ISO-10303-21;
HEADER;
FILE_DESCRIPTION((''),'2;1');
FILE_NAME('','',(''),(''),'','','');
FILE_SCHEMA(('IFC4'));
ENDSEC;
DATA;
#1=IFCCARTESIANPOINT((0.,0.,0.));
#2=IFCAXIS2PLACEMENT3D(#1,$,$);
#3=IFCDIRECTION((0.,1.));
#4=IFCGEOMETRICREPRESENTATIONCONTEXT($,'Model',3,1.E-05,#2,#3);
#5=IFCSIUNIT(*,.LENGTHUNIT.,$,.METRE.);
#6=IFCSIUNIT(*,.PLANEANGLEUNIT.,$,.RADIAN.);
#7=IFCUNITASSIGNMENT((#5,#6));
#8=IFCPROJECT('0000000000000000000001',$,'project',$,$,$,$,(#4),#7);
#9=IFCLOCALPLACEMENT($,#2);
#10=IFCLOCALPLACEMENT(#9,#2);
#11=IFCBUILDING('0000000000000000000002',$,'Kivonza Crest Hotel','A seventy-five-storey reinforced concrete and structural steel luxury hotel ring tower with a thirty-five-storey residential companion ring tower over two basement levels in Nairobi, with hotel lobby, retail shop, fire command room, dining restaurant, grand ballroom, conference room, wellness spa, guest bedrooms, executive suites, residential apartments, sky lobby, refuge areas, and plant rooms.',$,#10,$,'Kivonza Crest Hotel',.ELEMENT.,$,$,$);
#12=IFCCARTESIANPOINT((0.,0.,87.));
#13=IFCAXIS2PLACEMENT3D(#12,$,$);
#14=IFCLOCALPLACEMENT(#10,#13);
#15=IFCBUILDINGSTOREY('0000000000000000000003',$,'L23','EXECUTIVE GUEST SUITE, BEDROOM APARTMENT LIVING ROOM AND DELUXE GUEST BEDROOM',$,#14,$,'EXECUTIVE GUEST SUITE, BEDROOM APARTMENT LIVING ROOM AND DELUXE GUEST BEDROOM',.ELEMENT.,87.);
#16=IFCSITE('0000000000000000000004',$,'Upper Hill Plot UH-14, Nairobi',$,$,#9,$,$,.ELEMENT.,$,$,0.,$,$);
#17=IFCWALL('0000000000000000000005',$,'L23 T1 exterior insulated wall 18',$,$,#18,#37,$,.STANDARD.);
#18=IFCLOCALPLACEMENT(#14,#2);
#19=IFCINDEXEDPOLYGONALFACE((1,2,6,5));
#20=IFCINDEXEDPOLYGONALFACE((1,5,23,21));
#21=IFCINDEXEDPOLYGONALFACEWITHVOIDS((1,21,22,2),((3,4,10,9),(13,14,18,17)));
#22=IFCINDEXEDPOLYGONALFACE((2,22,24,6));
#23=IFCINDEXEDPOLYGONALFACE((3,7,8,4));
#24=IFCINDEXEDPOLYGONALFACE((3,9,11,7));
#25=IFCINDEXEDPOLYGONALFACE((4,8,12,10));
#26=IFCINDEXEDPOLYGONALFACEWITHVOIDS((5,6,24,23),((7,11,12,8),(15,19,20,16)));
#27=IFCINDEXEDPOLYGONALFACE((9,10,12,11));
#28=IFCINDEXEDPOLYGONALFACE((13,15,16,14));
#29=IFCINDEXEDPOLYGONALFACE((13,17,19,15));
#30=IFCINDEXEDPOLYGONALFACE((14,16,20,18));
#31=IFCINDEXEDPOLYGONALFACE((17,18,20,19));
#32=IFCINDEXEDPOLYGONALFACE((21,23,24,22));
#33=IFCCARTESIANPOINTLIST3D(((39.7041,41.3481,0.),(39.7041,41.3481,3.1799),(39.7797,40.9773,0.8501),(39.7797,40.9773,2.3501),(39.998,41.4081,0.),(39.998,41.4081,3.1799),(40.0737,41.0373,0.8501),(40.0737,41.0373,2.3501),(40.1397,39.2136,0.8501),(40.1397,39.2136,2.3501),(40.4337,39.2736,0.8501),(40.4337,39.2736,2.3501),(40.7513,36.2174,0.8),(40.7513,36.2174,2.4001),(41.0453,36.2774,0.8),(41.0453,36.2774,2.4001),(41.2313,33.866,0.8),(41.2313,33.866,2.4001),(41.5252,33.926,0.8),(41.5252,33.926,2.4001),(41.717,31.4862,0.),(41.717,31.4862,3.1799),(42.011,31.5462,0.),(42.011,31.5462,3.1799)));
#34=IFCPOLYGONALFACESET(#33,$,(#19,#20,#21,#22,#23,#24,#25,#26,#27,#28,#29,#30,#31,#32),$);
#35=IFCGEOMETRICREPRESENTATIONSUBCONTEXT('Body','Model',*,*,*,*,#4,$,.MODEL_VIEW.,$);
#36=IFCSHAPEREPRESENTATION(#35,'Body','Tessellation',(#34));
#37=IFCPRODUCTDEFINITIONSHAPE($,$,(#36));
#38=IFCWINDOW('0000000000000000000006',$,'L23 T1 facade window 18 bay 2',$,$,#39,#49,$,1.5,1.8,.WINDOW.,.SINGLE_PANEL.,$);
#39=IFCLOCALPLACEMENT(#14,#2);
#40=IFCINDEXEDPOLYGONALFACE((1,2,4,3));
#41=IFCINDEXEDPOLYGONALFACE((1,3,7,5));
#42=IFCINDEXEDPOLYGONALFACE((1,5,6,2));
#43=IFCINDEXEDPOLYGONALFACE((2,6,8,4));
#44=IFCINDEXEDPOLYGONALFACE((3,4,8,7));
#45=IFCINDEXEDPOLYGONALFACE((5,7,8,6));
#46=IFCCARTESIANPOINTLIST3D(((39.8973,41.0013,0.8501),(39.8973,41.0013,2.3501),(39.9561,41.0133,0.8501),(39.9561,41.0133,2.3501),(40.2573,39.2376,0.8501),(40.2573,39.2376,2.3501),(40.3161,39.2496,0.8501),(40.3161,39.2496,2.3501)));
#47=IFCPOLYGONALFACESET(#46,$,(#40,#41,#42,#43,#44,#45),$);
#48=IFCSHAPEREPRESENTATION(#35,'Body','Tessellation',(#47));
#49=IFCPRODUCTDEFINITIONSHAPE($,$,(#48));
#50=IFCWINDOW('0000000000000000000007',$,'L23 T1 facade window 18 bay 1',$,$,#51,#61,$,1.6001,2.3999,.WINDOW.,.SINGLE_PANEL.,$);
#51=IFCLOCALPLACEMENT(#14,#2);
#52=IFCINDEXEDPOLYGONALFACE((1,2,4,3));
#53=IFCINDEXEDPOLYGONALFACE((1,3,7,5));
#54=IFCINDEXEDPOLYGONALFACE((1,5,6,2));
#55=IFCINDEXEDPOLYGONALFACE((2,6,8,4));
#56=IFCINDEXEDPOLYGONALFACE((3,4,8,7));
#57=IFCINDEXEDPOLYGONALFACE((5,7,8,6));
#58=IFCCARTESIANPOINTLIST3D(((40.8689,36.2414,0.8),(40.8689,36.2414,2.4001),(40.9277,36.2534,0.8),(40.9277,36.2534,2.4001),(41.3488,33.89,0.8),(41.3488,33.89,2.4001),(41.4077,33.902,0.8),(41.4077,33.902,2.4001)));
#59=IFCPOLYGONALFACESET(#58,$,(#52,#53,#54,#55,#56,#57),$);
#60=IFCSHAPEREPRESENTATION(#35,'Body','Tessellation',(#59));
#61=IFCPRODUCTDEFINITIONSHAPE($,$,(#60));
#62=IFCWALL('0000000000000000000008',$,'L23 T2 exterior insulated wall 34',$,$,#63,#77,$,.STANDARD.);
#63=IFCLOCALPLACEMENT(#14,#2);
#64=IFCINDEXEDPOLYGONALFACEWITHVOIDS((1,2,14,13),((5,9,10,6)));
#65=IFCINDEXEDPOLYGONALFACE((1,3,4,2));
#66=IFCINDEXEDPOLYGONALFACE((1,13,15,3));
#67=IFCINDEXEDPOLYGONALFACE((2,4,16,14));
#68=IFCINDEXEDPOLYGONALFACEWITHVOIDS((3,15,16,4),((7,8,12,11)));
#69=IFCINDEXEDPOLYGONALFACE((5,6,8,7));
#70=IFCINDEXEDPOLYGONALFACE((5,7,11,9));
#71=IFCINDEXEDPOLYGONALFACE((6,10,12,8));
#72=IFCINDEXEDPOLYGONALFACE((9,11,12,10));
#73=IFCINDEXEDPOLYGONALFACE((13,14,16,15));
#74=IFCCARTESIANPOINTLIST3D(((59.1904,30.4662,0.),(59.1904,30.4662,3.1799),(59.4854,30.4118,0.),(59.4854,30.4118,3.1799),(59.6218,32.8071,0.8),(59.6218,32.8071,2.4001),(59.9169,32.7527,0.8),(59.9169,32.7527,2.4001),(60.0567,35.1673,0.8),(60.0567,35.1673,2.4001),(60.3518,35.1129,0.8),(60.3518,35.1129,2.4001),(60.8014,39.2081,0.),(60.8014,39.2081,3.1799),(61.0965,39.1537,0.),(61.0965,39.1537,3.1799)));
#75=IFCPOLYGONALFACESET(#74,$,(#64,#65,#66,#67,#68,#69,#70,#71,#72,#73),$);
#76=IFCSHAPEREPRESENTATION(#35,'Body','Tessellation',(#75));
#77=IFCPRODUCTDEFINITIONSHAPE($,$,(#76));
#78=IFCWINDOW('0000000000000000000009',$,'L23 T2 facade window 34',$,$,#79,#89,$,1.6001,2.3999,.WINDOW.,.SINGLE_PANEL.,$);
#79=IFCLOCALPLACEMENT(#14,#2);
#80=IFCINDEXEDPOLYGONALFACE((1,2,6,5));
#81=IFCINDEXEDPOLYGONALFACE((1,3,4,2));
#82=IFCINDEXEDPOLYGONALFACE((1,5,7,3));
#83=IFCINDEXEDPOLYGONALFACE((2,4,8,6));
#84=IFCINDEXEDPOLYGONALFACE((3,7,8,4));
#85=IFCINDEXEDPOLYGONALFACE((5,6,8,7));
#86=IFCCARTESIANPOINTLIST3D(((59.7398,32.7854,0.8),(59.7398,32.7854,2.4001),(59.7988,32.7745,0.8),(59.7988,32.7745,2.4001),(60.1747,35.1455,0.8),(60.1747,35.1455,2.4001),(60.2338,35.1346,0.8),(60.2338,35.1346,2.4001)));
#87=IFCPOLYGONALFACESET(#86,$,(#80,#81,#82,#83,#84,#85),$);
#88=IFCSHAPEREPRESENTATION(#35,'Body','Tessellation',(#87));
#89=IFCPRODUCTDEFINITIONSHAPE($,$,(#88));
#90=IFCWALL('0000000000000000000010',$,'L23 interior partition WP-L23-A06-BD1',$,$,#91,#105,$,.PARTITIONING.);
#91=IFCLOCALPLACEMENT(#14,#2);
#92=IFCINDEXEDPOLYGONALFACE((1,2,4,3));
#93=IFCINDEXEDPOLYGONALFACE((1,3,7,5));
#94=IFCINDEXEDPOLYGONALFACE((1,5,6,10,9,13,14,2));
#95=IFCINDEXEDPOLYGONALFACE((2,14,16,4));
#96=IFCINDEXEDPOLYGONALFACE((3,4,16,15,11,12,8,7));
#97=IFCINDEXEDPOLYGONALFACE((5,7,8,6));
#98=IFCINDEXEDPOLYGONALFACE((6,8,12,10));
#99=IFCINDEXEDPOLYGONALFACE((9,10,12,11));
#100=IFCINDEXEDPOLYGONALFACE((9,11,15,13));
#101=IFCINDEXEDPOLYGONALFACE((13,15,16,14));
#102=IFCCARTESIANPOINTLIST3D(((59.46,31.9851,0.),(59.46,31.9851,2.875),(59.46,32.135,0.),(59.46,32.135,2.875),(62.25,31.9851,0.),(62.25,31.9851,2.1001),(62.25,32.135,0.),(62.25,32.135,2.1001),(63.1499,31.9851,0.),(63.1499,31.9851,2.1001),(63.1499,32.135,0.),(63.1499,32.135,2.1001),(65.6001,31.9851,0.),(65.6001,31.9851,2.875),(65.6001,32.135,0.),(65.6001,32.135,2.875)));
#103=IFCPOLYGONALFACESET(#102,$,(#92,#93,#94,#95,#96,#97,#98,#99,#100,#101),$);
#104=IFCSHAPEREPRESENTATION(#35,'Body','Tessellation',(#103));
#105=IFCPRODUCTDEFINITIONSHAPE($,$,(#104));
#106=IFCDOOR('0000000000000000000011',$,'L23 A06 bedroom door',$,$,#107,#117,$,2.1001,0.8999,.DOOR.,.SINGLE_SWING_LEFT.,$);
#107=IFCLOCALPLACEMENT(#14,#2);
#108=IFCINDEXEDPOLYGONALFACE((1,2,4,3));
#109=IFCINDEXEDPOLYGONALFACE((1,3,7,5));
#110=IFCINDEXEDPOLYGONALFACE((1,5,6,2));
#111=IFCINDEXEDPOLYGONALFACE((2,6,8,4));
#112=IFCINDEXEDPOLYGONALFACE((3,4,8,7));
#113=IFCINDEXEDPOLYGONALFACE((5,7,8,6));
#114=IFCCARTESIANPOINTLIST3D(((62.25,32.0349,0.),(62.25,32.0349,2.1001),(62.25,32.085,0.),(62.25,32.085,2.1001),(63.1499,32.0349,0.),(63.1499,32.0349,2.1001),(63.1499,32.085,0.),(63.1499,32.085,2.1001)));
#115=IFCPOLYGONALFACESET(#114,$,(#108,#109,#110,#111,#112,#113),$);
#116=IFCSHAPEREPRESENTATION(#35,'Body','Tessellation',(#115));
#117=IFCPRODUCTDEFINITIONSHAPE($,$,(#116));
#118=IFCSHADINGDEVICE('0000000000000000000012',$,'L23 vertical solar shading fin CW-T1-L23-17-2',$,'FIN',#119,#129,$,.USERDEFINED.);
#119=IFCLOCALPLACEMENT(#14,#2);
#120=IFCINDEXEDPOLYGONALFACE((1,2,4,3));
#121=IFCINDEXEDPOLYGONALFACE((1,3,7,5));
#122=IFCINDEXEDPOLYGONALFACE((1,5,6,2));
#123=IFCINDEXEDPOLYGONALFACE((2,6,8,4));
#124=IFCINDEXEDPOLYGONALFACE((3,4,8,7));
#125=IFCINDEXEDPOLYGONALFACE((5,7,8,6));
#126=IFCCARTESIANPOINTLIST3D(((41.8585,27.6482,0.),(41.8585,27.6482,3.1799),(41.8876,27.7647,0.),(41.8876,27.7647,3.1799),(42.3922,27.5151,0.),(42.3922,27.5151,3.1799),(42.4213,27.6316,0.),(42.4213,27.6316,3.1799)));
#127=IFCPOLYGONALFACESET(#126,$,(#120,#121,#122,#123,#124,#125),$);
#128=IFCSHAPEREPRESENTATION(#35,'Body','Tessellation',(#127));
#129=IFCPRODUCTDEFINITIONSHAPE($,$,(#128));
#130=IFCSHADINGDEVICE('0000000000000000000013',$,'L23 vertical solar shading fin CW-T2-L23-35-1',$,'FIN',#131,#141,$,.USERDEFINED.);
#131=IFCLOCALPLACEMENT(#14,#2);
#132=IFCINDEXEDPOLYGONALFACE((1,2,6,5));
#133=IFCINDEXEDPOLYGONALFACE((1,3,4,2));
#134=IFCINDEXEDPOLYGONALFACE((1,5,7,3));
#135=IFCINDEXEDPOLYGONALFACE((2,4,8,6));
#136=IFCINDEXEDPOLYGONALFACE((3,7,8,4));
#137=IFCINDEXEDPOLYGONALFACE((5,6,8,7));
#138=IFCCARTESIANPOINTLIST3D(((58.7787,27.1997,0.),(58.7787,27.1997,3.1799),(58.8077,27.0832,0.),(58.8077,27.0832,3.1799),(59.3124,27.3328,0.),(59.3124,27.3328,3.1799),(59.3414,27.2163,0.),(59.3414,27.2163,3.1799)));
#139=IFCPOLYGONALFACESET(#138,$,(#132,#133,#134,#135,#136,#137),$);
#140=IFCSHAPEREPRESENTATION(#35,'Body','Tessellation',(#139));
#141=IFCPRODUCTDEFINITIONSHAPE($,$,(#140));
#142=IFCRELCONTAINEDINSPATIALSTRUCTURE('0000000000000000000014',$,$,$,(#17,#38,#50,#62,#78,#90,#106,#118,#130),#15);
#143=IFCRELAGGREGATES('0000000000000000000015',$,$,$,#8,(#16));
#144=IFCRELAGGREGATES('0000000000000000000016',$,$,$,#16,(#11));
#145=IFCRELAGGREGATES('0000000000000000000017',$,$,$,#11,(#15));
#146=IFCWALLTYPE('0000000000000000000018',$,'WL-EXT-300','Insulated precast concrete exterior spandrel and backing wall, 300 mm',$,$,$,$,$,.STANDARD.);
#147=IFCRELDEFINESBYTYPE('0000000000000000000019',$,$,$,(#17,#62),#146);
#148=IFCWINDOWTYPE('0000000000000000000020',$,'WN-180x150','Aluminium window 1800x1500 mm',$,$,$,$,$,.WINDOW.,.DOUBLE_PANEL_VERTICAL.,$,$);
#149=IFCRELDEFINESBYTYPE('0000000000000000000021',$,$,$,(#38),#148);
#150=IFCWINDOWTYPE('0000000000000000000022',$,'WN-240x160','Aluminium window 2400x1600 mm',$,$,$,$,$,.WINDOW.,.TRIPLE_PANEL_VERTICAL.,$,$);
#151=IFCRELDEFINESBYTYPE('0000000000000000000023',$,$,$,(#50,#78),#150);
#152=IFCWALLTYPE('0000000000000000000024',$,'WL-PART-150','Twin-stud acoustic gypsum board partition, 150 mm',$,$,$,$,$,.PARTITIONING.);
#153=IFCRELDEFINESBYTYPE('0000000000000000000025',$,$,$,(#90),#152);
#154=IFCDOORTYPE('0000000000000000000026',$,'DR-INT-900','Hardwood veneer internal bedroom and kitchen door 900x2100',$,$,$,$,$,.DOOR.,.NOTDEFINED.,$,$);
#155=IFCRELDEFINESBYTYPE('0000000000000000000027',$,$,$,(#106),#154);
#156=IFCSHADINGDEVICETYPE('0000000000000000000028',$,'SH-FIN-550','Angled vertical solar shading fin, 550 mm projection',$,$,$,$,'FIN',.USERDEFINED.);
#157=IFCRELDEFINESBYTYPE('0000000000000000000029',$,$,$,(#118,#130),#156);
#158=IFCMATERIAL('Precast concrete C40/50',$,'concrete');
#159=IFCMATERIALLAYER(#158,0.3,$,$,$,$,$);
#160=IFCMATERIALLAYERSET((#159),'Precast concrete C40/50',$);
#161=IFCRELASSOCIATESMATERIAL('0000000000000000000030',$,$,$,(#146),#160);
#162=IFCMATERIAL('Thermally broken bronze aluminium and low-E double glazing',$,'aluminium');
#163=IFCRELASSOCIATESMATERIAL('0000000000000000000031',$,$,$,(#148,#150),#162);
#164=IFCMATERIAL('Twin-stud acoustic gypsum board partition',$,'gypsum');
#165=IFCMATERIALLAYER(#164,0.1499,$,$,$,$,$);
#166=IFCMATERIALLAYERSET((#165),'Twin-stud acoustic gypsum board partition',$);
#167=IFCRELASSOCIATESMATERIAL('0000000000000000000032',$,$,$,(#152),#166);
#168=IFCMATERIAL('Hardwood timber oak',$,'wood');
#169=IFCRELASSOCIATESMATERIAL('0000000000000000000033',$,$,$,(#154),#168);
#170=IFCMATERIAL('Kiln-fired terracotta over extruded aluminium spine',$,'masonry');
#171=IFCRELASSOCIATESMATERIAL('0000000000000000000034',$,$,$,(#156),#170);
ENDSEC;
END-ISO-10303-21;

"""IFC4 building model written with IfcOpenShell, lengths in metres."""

from ifc_helpers import new_model, si_unit, direction, frame, frame_2d, origin, origin_2d, place, context, subcontext, project, spatial, rectangle, extrude, material, layer, layer_set, type_object, element, fill, save


model = new_model("IFC4")

# Units and contexts
model_context = context("Model", 3, precision=1e-05, world=origin(), true_north=direction((0.0, 1.0)))
body_context = subcontext(model_context, "Body", "Model", "MODEL_VIEW")
ifc_project = project(units=[si_unit("LENGTHUNIT", "METRE"), si_unit("PLANEANGLEUNIT", "RADIAN")], contexts=[model_context])

# Site, building, storey
site_placement = place(None, origin())
site = spatial("IfcSite", under=ifc_project, at=site_placement, Name="Upper Hill Plot UH-14, Nairobi", CompositionType="ELEMENT", RefElevation=0.0)
building_placement = place(site_placement, origin())
building = spatial("IfcBuilding", under=site, at=building_placement, Name="Kivonza Crest Hotel", Description="A seventy-five-storey reinforced concrete and structural steel luxury hotel ring tower with a thirty-five-storey residential companion ring tower over two basement levels in Nairobi, with hotel lobby, retail shop, fire command room, dining restaurant, grand ballroom, conference room, wellness spa, guest bedrooms, executive suites, residential apartments, sky lobby, refuge areas, and plant rooms.", LongName="Kivonza Crest Hotel", CompositionType="ELEMENT")
storey_placement = place(building_placement, frame((0.0, 0.0, 87.0)))
storey = spatial("IfcBuildingStorey", under=building, at=storey_placement, Name="L23", Description="EXECUTIVE GUEST SUITE, BEDROOM APARTMENT LIVING ROOM AND DELUXE GUEST BEDROOM", LongName="EXECUTIVE GUEST SUITE, BEDROOM APARTMENT LIVING ROOM AND DELUXE GUEST BEDROOM", CompositionType="ELEMENT", Elevation=87.0)

# Wall, openings, windows
ifc_material_1 = material(Name="Precast concrete C40/50", Category="concrete")
ifc_layer_1 = layer(ifc_material_1, 0.3)
ifc_layer_set_1 = layer_set([ifc_layer_1], Name="Precast concrete C40/50")
wall_type_1 = type_object("IfcWallType", Name="WL-EXT-300", Description="Insulated precast concrete exterior spandrel and backing wall, 300 mm", PredefinedType="STANDARD", material=ifc_layer_set_1)
wall_1_placement = place(storey_placement, frame((41.864, 31.5161, 0.0), z_axis=(0.0, 0.0, 1.0), x_axis=(-0.199991, 0.979798, 0.0)))
wall_1 = element("IfcWall", 1, at=wall_1_placement, inside=storey, type_object=wall_type_1, Name="L23 T1 exterior insulated wall 18", PredefinedType="STANDARD", context=body_context, shape_type="SweptSolid", body=[
    extrude(rectangle(XDim=10.0652, YDim=0.3, at=frame_2d((5.0327, 0.0))), origin(), (0.0, 0.0, 1.0), 3.1799),
])
opening_1_placement = place(wall_1_placement, frame((2.429, 0.0, 0.8)))
opening_1 = element("IfcOpeningElement", 2, at=opening_1_placement, cuts=wall_1, PredefinedType="OPENING", context=body_context, shape_type="SweptSolid", body=[
    extrude(rectangle(XDim=2.3999, YDim=1.6001, at=frame_2d((1.2, 0.8))), frame((0.0, 0.1602, 0.0), z_axis=(0.0, -1.0, 0.0), x_axis=(1.0, 0.0, 0.0)), (0.0, 0.0, 1.0), 0.3201),
])
opening_2_placement = place(wall_1_placement, frame((7.887, 0.0, 0.8501)))
opening_2 = element("IfcOpeningElement", 3, at=opening_2_placement, cuts=wall_1, PredefinedType="OPENING", context=body_context, shape_type="SweptSolid", body=[
    extrude(rectangle(XDim=1.8, YDim=1.5, at=frame_2d((0.8999, 0.75))), frame((0.0, 0.1602, 0.0), z_axis=(0.0, -1.0, 0.0), x_axis=(1.0, 0.0, 0.0)), (0.0, 0.0, 1.0), 0.3201),
])
ifc_material_2 = material(Name="Thermally broken bronze aluminium and low-E double glazing", Category="aluminium")
window_type_1 = type_object("IfcWindowType", Name="WN-180x150", Description="Aluminium window 1800x1500 mm", PartitioningType="DOUBLE_PANEL_VERTICAL", PredefinedType="WINDOW", material=ifc_material_2)
window_1_placement = place(opening_2_placement, origin())
window_1 = element("IfcWindow", 4, at=window_1_placement, inside=storey, type_object=window_type_1, Name="L23 T1 facade window 18 bay 2", OverallHeight=1.5, OverallWidth=1.8, PartitioningType="SINGLE_PANEL", PredefinedType="WINDOW", context=body_context, shape_type="SweptSolid", body=[
    extrude(rectangle(XDim=1.8, YDim=1.5, at=frame_2d((0.8999, 0.75))), frame((0.0, 0.03, 0.0), z_axis=(0.0, -1.0, 0.0), x_axis=(1.0, 0.0, 0.0)), (0.0, 0.0, 1.0), 0.0601),
])
fill(opening_2, window_1)
window_type_2 = type_object("IfcWindowType", Name="WN-240x160", Description="Aluminium window 2400x1600 mm", PartitioningType="TRIPLE_PANEL_VERTICAL", PredefinedType="WINDOW", material=ifc_material_2)
window_2_placement = place(opening_1_placement, origin())
window_2 = element("IfcWindow", 5, at=window_2_placement, inside=storey, type_object=window_type_2, Name="L23 T1 facade window 18 bay 1", OverallHeight=1.6001, OverallWidth=2.3999, PartitioningType="SINGLE_PANEL", PredefinedType="WINDOW", context=body_context, shape_type="SweptSolid", body=[
    extrude(rectangle(XDim=2.3999, YDim=1.6001, at=frame_2d((1.2, 0.8))), frame((0.0, 0.03, 0.0), z_axis=(0.0, -1.0, 0.0), x_axis=(1.0, 0.0, 0.0)), (0.0, 0.0, 1.0), 0.0601),
])
fill(opening_1, window_2)

# Wall, opening, window
wall_2_placement = place(storey_placement, frame((60.949, 39.1809, 0.0), z_axis=(0.0, 0.0, 1.0), x_axis=(-0.181241, -0.983439, 0.0)))
wall_2 = element("IfcWall", 6, at=wall_2_placement, inside=storey, type_object=wall_type_1, Name="L23 T2 exterior insulated wall 34", PredefinedType="STANDARD", context=body_context, shape_type="SweptSolid", body=[
    extrude(rectangle(XDim=8.8892, YDim=0.3, at=frame_2d((4.4446, 0.0))), origin(), (0.0, 0.0, 1.0), 3.1799),
])
opening_3_placement = place(wall_2_placement, frame((4.1089, 0.0, 0.8)))
opening_3 = element("IfcOpeningElement", 7, at=opening_3_placement, cuts=wall_2, PredefinedType="OPENING", context=body_context, shape_type="SweptSolid", body=[
    extrude(rectangle(XDim=2.3999, YDim=1.6001, at=frame_2d((1.2, 0.8))), frame((0.0, 0.1602, 0.0), z_axis=(0.0, -1.0, 0.0), x_axis=(1.0, 0.0, 0.0)), (0.0, 0.0, 1.0), 0.3201),
])
window_3_placement = place(opening_3_placement, origin())
window_3 = element("IfcWindow", 8, at=window_3_placement, inside=storey, type_object=window_type_2, Name="L23 T2 facade window 34", OverallHeight=1.6001, OverallWidth=2.3999, PartitioningType="SINGLE_PANEL", PredefinedType="WINDOW", context=body_context, shape_type="SweptSolid", body=[
    extrude(rectangle(XDim=2.3999, YDim=1.6001, at=frame_2d((1.2, 0.8))), frame((0.0, 0.03, 0.0), z_axis=(0.0, -1.0, 0.0), x_axis=(1.0, 0.0, 0.0)), (0.0, 0.0, 1.0), 0.0601),
])
fill(opening_3, window_3)

# Wall, opening, door
ifc_material_3 = material(Name="Twin-stud acoustic gypsum board partition", Category="gypsum")
ifc_layer_2 = layer(ifc_material_3, 0.1499)
ifc_layer_set_2 = layer_set([ifc_layer_2], Name="Twin-stud acoustic gypsum board partition")
wall_type_2 = type_object("IfcWallType", Name="WL-PART-150", Description="Twin-stud acoustic gypsum board partition, 150 mm", PredefinedType="PARTITIONING", material=ifc_layer_set_2)
wall_3_placement = place(storey_placement, frame((59.46, 32.0601, 0.0), z_axis=(0.0, 0.0, 1.0), x_axis=(1.0, 0.0, 0.0)))
wall_3 = element("IfcWall", 9, at=wall_3_placement, inside=storey, type_object=wall_type_2, Name="L23 interior partition WP-L23-A06-BD1", PredefinedType="PARTITIONING", context=body_context, shape_type="SweptSolid", body=[
    extrude(rectangle(XDim=6.1401, YDim=0.1499, at=frame_2d((3.0701, 0.0))), origin(), (0.0, 0.0, 1.0), 2.875),
])
opening_4_placement = place(wall_3_placement, frame((2.79, 0.0, 0.0)))
opening_4 = element("IfcOpeningElement", 10, at=opening_4_placement, cuts=wall_3, PredefinedType="OPENING", context=body_context, shape_type="SweptSolid", body=[
    extrude(rectangle(XDim=0.8999, YDim=2.1001, at=frame_2d((0.45, 1.05))), frame((0.0, 0.085, 0.0), z_axis=(0.0, -1.0, 0.0), x_axis=(1.0, 0.0, 0.0)), (0.0, 0.0, 1.0), 0.1699),
])
ifc_material_4 = material(Name="Hardwood timber oak", Category="wood")
door_type = type_object("IfcDoorType", Name="DR-INT-900", Description="Hardwood veneer internal bedroom and kitchen door 900x2100", OperationType="NOTDEFINED", PredefinedType="DOOR", material=ifc_material_4)
door_placement = place(opening_4_placement, origin())
door = element("IfcDoor", 11, at=door_placement, inside=storey, type_object=door_type, Name="L23 A06 bedroom door", OperationType="SINGLE_SWING_LEFT", OverallHeight=2.1001, OverallWidth=0.8999, PredefinedType="DOOR", context=body_context, shape_type="SweptSolid", body=[
    extrude(rectangle(XDim=0.8999, YDim=2.1001, at=frame_2d((0.45, 1.05))), frame((0.0, 0.0249, 0.0), z_axis=(0.0, -1.0, 0.0), x_axis=(1.0, 0.0, 0.0)), (0.0, 0.0, 1.0), 0.05),
])
fill(opening_4, door)

# Shading devices
ifc_material_5 = material(Name="Kiln-fired terracotta over extruded aluminium spine", Category="masonry")
shading_device_type = type_object("IfcShadingDeviceType", Name="SH-FIN-550", Description="Angled vertical solar shading fin, 550 mm projection", ElementType="FIN", PredefinedType="USERDEFINED", material=ifc_material_5)
for number, where, z_axis, x_axis, name in (
    (12, (42.1399, 27.6399, 0.0), (0.0, 0.0, 1.0), (0.241922, 0.970296, 0.0), "L23 vertical solar shading fin CW-T1-L23-17-2"),
    (13, (59.0601, 27.208, 0.0), (0.0, 0.0, 1.0), (0.241922, -0.970296, 0.0), "L23 vertical solar shading fin CW-T2-L23-35-1"),
):
    element("IfcShadingDevice", number, at=place(storey_placement, frame(where, z_axis=z_axis, x_axis=x_axis)), inside=storey, type_object=shading_device_type, Name=name, ObjectType="FIN", PredefinedType="USERDEFINED", context=body_context, shape_type="SweptSolid", body=[
        extrude(rectangle(XDim=0.1201, YDim=0.55, at=origin_2d()), origin(), (0.0, 0.0, 1.0), 3.1799),
    ])

save(model, "model.ifc")
